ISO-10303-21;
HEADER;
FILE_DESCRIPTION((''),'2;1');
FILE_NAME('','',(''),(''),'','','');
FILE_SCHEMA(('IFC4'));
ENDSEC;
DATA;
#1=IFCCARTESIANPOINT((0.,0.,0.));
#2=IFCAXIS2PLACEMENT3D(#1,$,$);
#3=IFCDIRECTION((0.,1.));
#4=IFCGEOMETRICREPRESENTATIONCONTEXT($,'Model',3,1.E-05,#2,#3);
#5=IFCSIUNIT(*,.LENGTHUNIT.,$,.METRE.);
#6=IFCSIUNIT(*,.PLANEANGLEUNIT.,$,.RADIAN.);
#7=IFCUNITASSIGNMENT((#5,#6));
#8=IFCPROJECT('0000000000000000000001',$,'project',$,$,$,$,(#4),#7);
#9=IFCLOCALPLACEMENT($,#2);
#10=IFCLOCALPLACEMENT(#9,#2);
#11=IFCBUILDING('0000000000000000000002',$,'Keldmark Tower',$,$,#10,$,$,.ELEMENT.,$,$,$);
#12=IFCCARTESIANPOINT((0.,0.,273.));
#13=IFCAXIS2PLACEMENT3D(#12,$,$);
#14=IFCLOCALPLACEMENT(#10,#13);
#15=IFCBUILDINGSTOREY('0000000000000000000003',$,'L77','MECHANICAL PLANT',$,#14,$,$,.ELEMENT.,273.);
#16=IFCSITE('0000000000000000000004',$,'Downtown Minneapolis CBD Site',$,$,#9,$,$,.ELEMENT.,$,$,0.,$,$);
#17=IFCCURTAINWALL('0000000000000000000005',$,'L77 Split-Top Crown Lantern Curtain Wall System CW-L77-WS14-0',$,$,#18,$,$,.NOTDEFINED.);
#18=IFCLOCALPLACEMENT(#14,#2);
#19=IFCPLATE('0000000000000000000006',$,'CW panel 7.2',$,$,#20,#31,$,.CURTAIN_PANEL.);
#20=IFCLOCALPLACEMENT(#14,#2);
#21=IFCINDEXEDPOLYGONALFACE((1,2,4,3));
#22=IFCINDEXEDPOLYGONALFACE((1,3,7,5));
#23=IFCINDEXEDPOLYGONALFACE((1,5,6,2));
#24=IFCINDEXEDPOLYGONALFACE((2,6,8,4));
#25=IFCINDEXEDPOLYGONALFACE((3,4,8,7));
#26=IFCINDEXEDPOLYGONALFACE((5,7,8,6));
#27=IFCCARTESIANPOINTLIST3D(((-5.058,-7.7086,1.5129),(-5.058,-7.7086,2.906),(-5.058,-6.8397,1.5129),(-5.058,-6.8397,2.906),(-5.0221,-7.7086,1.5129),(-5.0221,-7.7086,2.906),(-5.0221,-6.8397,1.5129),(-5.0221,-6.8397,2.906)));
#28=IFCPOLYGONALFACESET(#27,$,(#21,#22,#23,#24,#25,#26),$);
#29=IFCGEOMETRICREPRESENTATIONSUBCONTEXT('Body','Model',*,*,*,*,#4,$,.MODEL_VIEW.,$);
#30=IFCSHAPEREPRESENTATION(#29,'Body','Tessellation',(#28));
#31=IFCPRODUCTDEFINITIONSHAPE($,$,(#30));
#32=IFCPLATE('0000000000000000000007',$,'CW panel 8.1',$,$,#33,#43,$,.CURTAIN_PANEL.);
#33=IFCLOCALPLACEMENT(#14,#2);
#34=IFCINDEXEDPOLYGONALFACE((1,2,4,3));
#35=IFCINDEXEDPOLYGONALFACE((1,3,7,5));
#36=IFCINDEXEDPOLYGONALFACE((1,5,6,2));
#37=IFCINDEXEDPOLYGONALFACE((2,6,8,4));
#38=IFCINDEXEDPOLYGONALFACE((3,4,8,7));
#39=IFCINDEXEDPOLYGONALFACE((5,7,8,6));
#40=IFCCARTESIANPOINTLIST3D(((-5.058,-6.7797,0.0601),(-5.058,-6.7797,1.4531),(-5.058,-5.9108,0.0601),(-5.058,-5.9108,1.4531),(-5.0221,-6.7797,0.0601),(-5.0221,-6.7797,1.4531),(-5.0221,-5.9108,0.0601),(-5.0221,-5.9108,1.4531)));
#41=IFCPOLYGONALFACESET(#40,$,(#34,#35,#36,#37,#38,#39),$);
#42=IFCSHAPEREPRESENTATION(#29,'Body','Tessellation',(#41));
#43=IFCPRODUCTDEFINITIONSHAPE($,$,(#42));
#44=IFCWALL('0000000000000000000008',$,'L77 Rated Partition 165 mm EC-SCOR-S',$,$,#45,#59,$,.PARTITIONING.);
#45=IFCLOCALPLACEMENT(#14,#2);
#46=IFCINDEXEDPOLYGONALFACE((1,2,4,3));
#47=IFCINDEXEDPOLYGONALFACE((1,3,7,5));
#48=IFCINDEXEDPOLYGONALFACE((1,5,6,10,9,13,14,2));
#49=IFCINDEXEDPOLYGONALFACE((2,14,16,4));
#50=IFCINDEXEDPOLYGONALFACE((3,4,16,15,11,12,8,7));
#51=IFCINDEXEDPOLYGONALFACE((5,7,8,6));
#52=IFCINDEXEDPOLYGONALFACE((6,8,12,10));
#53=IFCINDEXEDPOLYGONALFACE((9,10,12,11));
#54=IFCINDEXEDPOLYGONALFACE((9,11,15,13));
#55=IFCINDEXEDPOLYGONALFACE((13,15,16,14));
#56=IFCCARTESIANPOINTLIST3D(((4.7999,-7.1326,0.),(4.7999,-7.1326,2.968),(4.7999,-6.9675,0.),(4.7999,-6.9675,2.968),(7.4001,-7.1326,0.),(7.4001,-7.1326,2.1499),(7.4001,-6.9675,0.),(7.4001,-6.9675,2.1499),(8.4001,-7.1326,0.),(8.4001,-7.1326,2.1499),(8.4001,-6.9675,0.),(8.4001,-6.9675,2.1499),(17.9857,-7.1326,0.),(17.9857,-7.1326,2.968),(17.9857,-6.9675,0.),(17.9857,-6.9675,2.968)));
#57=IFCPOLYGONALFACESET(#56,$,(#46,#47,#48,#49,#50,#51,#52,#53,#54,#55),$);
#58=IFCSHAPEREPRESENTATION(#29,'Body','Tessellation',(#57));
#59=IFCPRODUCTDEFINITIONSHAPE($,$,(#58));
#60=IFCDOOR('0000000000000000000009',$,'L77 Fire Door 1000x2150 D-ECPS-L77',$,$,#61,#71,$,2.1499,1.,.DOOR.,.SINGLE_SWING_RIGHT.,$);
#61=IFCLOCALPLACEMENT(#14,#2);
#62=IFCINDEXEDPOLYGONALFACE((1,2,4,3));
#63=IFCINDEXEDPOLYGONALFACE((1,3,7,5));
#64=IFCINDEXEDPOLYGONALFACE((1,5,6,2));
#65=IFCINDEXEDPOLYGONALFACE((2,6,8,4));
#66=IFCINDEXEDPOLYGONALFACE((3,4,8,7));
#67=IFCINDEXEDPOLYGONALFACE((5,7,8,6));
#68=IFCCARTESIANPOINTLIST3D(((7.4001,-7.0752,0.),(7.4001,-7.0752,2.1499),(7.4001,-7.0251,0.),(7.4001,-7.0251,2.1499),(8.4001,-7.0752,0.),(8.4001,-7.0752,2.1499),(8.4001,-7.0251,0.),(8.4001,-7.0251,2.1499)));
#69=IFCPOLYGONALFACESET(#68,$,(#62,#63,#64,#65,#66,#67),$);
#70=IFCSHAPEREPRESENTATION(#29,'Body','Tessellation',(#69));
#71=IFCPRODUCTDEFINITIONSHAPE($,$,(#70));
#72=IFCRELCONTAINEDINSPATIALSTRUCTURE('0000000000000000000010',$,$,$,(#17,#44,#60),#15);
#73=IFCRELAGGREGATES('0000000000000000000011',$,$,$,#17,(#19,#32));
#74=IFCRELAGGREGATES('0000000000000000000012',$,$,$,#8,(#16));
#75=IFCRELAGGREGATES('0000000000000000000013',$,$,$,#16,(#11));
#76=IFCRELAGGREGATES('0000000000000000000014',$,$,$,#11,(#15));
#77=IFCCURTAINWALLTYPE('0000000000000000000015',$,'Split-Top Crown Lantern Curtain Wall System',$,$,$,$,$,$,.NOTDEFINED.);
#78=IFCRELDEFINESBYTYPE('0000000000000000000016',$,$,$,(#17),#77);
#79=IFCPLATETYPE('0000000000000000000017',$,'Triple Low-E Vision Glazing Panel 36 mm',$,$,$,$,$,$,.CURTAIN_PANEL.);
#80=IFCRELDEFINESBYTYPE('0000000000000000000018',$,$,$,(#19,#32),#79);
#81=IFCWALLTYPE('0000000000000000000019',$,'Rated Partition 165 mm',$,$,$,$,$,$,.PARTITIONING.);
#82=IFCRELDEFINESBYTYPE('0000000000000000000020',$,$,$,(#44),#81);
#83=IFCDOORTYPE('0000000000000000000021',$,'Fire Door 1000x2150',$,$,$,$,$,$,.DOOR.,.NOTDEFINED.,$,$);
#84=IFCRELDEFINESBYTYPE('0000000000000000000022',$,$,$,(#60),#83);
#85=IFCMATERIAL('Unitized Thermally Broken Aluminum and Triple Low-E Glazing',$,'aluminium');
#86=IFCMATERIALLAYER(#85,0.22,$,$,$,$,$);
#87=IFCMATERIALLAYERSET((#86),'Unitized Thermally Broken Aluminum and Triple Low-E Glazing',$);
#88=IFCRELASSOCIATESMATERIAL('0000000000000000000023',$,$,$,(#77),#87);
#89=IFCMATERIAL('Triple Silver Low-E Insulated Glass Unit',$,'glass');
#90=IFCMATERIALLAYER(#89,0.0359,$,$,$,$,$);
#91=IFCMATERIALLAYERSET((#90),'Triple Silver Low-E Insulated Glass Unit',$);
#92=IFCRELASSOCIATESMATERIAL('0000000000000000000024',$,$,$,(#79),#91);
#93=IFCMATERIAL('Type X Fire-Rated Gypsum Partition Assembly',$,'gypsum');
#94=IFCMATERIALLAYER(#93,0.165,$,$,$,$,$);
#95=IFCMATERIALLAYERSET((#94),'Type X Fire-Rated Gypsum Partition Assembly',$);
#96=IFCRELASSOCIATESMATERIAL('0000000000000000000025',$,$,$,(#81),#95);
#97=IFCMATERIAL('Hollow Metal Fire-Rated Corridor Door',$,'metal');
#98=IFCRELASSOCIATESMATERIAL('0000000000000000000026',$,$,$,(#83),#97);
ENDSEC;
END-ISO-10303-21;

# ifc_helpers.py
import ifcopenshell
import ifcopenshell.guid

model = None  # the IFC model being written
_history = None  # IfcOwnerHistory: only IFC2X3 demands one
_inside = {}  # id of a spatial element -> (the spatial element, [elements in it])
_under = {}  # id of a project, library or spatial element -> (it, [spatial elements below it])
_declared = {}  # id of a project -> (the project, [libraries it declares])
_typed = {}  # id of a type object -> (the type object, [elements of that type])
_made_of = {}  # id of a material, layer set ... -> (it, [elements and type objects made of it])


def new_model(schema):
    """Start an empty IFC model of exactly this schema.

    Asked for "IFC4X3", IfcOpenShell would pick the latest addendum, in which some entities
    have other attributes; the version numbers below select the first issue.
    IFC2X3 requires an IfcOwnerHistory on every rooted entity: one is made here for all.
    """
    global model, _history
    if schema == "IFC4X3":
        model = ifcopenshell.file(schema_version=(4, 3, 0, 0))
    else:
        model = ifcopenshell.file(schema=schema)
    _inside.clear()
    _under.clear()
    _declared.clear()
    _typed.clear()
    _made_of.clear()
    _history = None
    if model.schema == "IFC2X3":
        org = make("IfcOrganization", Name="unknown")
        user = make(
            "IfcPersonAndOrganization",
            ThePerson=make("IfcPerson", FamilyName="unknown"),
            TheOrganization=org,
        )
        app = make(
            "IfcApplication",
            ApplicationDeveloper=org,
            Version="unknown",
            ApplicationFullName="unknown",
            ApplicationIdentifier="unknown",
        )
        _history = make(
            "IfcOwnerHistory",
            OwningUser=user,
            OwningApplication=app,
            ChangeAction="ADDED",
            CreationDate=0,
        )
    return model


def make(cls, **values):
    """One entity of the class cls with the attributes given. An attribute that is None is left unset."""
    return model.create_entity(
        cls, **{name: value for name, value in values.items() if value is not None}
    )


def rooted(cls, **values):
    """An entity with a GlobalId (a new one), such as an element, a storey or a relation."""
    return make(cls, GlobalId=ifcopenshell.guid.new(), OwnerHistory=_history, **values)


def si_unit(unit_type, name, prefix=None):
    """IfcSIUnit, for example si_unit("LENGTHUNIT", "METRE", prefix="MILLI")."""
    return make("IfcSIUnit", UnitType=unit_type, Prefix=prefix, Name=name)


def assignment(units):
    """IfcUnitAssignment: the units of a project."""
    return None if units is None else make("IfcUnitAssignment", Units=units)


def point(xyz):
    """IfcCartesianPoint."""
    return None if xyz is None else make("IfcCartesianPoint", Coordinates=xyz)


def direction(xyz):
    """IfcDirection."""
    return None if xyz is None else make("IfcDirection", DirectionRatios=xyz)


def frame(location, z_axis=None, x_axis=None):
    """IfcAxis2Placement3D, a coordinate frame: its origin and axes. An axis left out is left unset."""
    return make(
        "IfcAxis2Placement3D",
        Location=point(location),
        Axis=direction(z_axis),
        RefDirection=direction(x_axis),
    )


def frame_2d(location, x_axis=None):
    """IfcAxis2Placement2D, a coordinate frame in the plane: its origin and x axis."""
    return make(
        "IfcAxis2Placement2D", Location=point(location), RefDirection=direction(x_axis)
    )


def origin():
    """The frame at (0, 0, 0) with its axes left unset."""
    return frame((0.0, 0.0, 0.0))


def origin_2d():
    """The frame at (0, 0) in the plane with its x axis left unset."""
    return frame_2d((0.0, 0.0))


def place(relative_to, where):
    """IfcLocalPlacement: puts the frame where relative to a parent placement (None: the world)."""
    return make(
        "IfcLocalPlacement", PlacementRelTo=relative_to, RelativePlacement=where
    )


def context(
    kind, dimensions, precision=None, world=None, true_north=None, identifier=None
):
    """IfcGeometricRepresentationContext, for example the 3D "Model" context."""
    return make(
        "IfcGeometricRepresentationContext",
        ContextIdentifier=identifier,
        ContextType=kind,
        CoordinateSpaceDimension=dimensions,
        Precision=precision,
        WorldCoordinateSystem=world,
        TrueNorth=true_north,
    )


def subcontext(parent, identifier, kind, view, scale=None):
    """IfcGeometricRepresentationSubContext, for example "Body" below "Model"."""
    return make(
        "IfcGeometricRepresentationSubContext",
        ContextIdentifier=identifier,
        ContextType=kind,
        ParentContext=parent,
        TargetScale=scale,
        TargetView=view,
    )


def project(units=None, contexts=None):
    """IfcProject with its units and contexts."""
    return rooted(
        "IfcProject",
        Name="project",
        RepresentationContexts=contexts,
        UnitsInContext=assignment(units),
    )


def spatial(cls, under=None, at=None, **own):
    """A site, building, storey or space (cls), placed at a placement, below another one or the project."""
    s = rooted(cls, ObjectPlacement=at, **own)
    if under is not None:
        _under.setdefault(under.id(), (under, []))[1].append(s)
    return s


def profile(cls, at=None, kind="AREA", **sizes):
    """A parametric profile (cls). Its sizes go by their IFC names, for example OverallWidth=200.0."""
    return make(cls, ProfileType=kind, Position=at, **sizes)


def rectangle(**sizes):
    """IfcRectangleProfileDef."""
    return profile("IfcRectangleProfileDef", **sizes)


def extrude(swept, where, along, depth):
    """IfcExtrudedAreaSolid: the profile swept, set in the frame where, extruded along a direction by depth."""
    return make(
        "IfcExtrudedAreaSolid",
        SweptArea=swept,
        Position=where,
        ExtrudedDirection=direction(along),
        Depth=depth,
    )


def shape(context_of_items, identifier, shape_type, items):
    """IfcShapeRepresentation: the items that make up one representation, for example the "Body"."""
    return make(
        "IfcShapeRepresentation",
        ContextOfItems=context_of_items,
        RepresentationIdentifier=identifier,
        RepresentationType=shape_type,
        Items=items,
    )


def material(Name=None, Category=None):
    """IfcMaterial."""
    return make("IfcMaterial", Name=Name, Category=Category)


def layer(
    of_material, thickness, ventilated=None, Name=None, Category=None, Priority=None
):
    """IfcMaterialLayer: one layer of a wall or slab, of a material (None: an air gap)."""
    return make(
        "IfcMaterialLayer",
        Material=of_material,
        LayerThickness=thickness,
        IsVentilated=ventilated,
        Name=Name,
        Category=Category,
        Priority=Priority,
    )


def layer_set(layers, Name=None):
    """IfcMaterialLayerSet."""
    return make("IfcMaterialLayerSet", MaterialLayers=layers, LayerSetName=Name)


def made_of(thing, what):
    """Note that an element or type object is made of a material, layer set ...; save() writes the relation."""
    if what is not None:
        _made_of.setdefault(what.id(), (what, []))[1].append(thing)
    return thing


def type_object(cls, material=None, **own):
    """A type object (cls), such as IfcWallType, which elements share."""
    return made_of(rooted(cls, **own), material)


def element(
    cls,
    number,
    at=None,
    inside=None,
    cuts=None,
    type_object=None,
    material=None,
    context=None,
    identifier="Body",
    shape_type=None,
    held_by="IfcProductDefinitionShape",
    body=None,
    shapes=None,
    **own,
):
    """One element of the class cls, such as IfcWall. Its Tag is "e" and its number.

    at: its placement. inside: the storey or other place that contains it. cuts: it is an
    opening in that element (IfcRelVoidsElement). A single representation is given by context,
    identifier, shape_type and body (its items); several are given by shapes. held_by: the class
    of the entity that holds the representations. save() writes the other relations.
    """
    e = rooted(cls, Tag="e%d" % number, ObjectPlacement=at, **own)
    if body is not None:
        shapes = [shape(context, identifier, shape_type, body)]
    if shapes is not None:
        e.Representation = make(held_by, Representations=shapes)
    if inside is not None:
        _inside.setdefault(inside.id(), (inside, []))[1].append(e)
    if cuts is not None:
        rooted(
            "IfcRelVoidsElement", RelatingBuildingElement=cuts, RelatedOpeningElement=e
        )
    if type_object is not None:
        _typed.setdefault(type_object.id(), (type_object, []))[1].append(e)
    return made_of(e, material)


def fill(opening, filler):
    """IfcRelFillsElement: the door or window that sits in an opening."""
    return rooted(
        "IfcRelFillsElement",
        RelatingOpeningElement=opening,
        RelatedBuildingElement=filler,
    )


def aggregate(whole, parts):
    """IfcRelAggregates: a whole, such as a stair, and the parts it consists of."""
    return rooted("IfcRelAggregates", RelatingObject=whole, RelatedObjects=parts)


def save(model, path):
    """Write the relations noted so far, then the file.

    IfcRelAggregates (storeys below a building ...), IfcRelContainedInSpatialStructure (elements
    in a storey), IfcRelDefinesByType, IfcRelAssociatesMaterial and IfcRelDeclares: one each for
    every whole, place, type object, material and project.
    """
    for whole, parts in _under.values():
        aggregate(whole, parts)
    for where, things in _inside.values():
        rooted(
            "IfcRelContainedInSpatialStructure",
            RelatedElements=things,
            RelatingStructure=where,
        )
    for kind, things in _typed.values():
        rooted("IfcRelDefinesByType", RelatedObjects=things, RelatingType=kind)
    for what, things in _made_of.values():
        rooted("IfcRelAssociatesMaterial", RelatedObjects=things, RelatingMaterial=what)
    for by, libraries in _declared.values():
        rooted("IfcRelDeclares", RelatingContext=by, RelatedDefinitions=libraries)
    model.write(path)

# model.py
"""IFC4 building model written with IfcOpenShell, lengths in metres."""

from ifc_helpers import new_model, si_unit, direction, frame, frame_2d, origin, origin_2d, place, context, subcontext, project, spatial, rectangle, extrude, material, layer, layer_set, type_object, element, fill, aggregate, save


model = new_model("IFC4")

# Units and contexts
model_context = context("Model", 3, precision=1e-05, world=origin(), true_north=direction((0.0, 1.0)))
body_context = subcontext(model_context, "Body", "Model", "MODEL_VIEW")
ifc_project = project(units=[si_unit("LENGTHUNIT", "METRE"), si_unit("PLANEANGLEUNIT", "RADIAN")], contexts=[model_context])

# Site, building, storey
site_placement = place(None, origin())
site = spatial("IfcSite", under=ifc_project, at=site_placement, Name="Downtown Minneapolis CBD Site", CompositionType="ELEMENT", RefElevation=0.0)
building_placement = place(site_placement, origin())
building = spatial("IfcBuilding", under=site, at=building_placement, Name="Keldmark Tower", CompositionType="ELEMENT")
storey_placement = place(building_placement, frame((0.0, 0.0, 273.0)))
storey = spatial("IfcBuildingStorey", under=building, at=storey_placement, Name="L77", Description="MECHANICAL PLANT", CompositionType="ELEMENT", Elevation=273.0)

# Curtain wall
ifc_material_1 = material(Name="Unitized Thermally Broken Aluminum and Triple Low-E Glazing", Category="aluminium")
ifc_layer_1 = layer(ifc_material_1, 0.22)
ifc_layer_set_1 = layer_set([ifc_layer_1], Name="Unitized Thermally Broken Aluminum and Triple Low-E Glazing")
curtain_wall_type = type_object("IfcCurtainWallType", Name="Split-Top Crown Lantern Curtain Wall System", PredefinedType="NOTDEFINED", material=ifc_layer_set_1)
curtain_wall_placement = place(storey_placement, origin())
curtain_wall = element("IfcCurtainWall", 1, at=curtain_wall_placement, inside=storey, type_object=curtain_wall_type, Name="L77 Split-Top Crown Lantern Curtain Wall System CW-L77-WS14-0", PredefinedType="NOTDEFINED")

# Plates
ifc_material_2 = material(Name="Triple Silver Low-E Insulated Glass Unit", Category="glass")
ifc_layer_2 = layer(ifc_material_2, 0.0359)
ifc_layer_set_2 = layer_set([ifc_layer_2], Name="Triple Silver Low-E Insulated Glass Unit")
plate_type = type_object("IfcPlateType", Name="Triple Low-E Vision Glazing Panel 36 mm", PredefinedType="CURTAIN_PANEL", material=ifc_layer_set_2)
plate_1_placement = place(storey_placement, frame((-5.04, -7.2742, 1.5129), z_axis=(0.0, 0.0, 1.0), x_axis=(0.0, 1.0, 0.0)))
plate_1 = element("IfcPlate", 2, at=plate_1_placement, type_object=plate_type, Name="CW panel 7.2", PredefinedType="CURTAIN_PANEL", context=body_context, shape_type="SweptSolid", body=[
    extrude(rectangle(XDim=0.8689, YDim=0.0359, at=origin_2d()), origin(), (0.0, 0.0, 1.0), 1.3931),
])
plate_2_placement = place(storey_placement, frame((-5.04, -6.3452, 0.0601), z_axis=(0.0, 0.0, 1.0), x_axis=(0.0, 1.0, 0.0)))
plate_2 = element("IfcPlate", 3, at=plate_2_placement, type_object=plate_type, Name="CW panel 8.1", PredefinedType="CURTAIN_PANEL", context=body_context, shape_type="SweptSolid", body=[
    extrude(rectangle(XDim=0.8689, YDim=0.0359, at=origin_2d()), origin(), (0.0, 0.0, 1.0), 1.3931),
])
aggregate(curtain_wall, [plate_1, plate_2])

# Wall, opening, door
ifc_material_3 = material(Name="Type X Fire-Rated Gypsum Partition Assembly", Category="gypsum")
ifc_layer_3 = layer(ifc_material_3, 0.165)
ifc_layer_set_3 = layer_set([ifc_layer_3], Name="Type X Fire-Rated Gypsum Partition Assembly")
wall_type = type_object("IfcWallType", Name="Rated Partition 165 mm", PredefinedType="PARTITIONING", material=ifc_layer_set_3)
wall_placement = place(storey_placement, frame((4.8, -7.05, 0.0), z_axis=(0.0, 0.0, 1.0), x_axis=(1.0, 0.0, 0.0)))
wall = element("IfcWall", 4, at=wall_placement, inside=storey, type_object=wall_type, Name="L77 Rated Partition 165 mm EC-SCOR-S", PredefinedType="PARTITIONING", context=body_context, shape_type="SweptSolid", body=[
    extrude(rectangle(XDim=13.1858, YDim=0.165, at=frame_2d((6.5928, 0.0))), origin(), (0.0, 0.0, 1.0), 2.968),
])
opening_placement = place(wall_placement, frame((2.6001, 0.0, 0.0)))
opening = element("IfcOpeningElement", 5, at=opening_placement, cuts=wall, PredefinedType="OPENING", context=body_context, shape_type="SweptSolid", body=[
    extrude(rectangle(XDim=1.0, YDim=2.1499, at=frame_2d((0.5, 1.075))), frame((0.0, 0.0925, 0.0), z_axis=(0.0, -1.0, 0.0), x_axis=(1.0, 0.0, 0.0)), (0.0, 0.0, 1.0), 0.1851),
])
ifc_material_4 = material(Name="Hollow Metal Fire-Rated Corridor Door", Category="metal")
door_type = type_object("IfcDoorType", Name="Fire Door 1000x2150", OperationType="NOTDEFINED", PredefinedType="DOOR", material=ifc_material_4)
door_placement = place(opening_placement, origin())
door = element("IfcDoor", 6, at=door_placement, inside=storey, type_object=door_type, Name="L77 Fire Door 1000x2150 D-ECPS-L77", OperationType="SINGLE_SWING_RIGHT", OverallHeight=2.1499, OverallWidth=1.0, PredefinedType="DOOR", context=body_context, shape_type="SweptSolid", body=[
    extrude(rectangle(XDim=1.0, YDim=2.1499, at=frame_2d((0.5, 1.075))), frame((0.0, 0.0249, 0.0), z_axis=(0.0, -1.0, 0.0), x_axis=(1.0, 0.0, 0.0)), (0.0, 0.0, 1.0), 0.05),
])
fill(opening, door)

save(model, "model.ifc")
